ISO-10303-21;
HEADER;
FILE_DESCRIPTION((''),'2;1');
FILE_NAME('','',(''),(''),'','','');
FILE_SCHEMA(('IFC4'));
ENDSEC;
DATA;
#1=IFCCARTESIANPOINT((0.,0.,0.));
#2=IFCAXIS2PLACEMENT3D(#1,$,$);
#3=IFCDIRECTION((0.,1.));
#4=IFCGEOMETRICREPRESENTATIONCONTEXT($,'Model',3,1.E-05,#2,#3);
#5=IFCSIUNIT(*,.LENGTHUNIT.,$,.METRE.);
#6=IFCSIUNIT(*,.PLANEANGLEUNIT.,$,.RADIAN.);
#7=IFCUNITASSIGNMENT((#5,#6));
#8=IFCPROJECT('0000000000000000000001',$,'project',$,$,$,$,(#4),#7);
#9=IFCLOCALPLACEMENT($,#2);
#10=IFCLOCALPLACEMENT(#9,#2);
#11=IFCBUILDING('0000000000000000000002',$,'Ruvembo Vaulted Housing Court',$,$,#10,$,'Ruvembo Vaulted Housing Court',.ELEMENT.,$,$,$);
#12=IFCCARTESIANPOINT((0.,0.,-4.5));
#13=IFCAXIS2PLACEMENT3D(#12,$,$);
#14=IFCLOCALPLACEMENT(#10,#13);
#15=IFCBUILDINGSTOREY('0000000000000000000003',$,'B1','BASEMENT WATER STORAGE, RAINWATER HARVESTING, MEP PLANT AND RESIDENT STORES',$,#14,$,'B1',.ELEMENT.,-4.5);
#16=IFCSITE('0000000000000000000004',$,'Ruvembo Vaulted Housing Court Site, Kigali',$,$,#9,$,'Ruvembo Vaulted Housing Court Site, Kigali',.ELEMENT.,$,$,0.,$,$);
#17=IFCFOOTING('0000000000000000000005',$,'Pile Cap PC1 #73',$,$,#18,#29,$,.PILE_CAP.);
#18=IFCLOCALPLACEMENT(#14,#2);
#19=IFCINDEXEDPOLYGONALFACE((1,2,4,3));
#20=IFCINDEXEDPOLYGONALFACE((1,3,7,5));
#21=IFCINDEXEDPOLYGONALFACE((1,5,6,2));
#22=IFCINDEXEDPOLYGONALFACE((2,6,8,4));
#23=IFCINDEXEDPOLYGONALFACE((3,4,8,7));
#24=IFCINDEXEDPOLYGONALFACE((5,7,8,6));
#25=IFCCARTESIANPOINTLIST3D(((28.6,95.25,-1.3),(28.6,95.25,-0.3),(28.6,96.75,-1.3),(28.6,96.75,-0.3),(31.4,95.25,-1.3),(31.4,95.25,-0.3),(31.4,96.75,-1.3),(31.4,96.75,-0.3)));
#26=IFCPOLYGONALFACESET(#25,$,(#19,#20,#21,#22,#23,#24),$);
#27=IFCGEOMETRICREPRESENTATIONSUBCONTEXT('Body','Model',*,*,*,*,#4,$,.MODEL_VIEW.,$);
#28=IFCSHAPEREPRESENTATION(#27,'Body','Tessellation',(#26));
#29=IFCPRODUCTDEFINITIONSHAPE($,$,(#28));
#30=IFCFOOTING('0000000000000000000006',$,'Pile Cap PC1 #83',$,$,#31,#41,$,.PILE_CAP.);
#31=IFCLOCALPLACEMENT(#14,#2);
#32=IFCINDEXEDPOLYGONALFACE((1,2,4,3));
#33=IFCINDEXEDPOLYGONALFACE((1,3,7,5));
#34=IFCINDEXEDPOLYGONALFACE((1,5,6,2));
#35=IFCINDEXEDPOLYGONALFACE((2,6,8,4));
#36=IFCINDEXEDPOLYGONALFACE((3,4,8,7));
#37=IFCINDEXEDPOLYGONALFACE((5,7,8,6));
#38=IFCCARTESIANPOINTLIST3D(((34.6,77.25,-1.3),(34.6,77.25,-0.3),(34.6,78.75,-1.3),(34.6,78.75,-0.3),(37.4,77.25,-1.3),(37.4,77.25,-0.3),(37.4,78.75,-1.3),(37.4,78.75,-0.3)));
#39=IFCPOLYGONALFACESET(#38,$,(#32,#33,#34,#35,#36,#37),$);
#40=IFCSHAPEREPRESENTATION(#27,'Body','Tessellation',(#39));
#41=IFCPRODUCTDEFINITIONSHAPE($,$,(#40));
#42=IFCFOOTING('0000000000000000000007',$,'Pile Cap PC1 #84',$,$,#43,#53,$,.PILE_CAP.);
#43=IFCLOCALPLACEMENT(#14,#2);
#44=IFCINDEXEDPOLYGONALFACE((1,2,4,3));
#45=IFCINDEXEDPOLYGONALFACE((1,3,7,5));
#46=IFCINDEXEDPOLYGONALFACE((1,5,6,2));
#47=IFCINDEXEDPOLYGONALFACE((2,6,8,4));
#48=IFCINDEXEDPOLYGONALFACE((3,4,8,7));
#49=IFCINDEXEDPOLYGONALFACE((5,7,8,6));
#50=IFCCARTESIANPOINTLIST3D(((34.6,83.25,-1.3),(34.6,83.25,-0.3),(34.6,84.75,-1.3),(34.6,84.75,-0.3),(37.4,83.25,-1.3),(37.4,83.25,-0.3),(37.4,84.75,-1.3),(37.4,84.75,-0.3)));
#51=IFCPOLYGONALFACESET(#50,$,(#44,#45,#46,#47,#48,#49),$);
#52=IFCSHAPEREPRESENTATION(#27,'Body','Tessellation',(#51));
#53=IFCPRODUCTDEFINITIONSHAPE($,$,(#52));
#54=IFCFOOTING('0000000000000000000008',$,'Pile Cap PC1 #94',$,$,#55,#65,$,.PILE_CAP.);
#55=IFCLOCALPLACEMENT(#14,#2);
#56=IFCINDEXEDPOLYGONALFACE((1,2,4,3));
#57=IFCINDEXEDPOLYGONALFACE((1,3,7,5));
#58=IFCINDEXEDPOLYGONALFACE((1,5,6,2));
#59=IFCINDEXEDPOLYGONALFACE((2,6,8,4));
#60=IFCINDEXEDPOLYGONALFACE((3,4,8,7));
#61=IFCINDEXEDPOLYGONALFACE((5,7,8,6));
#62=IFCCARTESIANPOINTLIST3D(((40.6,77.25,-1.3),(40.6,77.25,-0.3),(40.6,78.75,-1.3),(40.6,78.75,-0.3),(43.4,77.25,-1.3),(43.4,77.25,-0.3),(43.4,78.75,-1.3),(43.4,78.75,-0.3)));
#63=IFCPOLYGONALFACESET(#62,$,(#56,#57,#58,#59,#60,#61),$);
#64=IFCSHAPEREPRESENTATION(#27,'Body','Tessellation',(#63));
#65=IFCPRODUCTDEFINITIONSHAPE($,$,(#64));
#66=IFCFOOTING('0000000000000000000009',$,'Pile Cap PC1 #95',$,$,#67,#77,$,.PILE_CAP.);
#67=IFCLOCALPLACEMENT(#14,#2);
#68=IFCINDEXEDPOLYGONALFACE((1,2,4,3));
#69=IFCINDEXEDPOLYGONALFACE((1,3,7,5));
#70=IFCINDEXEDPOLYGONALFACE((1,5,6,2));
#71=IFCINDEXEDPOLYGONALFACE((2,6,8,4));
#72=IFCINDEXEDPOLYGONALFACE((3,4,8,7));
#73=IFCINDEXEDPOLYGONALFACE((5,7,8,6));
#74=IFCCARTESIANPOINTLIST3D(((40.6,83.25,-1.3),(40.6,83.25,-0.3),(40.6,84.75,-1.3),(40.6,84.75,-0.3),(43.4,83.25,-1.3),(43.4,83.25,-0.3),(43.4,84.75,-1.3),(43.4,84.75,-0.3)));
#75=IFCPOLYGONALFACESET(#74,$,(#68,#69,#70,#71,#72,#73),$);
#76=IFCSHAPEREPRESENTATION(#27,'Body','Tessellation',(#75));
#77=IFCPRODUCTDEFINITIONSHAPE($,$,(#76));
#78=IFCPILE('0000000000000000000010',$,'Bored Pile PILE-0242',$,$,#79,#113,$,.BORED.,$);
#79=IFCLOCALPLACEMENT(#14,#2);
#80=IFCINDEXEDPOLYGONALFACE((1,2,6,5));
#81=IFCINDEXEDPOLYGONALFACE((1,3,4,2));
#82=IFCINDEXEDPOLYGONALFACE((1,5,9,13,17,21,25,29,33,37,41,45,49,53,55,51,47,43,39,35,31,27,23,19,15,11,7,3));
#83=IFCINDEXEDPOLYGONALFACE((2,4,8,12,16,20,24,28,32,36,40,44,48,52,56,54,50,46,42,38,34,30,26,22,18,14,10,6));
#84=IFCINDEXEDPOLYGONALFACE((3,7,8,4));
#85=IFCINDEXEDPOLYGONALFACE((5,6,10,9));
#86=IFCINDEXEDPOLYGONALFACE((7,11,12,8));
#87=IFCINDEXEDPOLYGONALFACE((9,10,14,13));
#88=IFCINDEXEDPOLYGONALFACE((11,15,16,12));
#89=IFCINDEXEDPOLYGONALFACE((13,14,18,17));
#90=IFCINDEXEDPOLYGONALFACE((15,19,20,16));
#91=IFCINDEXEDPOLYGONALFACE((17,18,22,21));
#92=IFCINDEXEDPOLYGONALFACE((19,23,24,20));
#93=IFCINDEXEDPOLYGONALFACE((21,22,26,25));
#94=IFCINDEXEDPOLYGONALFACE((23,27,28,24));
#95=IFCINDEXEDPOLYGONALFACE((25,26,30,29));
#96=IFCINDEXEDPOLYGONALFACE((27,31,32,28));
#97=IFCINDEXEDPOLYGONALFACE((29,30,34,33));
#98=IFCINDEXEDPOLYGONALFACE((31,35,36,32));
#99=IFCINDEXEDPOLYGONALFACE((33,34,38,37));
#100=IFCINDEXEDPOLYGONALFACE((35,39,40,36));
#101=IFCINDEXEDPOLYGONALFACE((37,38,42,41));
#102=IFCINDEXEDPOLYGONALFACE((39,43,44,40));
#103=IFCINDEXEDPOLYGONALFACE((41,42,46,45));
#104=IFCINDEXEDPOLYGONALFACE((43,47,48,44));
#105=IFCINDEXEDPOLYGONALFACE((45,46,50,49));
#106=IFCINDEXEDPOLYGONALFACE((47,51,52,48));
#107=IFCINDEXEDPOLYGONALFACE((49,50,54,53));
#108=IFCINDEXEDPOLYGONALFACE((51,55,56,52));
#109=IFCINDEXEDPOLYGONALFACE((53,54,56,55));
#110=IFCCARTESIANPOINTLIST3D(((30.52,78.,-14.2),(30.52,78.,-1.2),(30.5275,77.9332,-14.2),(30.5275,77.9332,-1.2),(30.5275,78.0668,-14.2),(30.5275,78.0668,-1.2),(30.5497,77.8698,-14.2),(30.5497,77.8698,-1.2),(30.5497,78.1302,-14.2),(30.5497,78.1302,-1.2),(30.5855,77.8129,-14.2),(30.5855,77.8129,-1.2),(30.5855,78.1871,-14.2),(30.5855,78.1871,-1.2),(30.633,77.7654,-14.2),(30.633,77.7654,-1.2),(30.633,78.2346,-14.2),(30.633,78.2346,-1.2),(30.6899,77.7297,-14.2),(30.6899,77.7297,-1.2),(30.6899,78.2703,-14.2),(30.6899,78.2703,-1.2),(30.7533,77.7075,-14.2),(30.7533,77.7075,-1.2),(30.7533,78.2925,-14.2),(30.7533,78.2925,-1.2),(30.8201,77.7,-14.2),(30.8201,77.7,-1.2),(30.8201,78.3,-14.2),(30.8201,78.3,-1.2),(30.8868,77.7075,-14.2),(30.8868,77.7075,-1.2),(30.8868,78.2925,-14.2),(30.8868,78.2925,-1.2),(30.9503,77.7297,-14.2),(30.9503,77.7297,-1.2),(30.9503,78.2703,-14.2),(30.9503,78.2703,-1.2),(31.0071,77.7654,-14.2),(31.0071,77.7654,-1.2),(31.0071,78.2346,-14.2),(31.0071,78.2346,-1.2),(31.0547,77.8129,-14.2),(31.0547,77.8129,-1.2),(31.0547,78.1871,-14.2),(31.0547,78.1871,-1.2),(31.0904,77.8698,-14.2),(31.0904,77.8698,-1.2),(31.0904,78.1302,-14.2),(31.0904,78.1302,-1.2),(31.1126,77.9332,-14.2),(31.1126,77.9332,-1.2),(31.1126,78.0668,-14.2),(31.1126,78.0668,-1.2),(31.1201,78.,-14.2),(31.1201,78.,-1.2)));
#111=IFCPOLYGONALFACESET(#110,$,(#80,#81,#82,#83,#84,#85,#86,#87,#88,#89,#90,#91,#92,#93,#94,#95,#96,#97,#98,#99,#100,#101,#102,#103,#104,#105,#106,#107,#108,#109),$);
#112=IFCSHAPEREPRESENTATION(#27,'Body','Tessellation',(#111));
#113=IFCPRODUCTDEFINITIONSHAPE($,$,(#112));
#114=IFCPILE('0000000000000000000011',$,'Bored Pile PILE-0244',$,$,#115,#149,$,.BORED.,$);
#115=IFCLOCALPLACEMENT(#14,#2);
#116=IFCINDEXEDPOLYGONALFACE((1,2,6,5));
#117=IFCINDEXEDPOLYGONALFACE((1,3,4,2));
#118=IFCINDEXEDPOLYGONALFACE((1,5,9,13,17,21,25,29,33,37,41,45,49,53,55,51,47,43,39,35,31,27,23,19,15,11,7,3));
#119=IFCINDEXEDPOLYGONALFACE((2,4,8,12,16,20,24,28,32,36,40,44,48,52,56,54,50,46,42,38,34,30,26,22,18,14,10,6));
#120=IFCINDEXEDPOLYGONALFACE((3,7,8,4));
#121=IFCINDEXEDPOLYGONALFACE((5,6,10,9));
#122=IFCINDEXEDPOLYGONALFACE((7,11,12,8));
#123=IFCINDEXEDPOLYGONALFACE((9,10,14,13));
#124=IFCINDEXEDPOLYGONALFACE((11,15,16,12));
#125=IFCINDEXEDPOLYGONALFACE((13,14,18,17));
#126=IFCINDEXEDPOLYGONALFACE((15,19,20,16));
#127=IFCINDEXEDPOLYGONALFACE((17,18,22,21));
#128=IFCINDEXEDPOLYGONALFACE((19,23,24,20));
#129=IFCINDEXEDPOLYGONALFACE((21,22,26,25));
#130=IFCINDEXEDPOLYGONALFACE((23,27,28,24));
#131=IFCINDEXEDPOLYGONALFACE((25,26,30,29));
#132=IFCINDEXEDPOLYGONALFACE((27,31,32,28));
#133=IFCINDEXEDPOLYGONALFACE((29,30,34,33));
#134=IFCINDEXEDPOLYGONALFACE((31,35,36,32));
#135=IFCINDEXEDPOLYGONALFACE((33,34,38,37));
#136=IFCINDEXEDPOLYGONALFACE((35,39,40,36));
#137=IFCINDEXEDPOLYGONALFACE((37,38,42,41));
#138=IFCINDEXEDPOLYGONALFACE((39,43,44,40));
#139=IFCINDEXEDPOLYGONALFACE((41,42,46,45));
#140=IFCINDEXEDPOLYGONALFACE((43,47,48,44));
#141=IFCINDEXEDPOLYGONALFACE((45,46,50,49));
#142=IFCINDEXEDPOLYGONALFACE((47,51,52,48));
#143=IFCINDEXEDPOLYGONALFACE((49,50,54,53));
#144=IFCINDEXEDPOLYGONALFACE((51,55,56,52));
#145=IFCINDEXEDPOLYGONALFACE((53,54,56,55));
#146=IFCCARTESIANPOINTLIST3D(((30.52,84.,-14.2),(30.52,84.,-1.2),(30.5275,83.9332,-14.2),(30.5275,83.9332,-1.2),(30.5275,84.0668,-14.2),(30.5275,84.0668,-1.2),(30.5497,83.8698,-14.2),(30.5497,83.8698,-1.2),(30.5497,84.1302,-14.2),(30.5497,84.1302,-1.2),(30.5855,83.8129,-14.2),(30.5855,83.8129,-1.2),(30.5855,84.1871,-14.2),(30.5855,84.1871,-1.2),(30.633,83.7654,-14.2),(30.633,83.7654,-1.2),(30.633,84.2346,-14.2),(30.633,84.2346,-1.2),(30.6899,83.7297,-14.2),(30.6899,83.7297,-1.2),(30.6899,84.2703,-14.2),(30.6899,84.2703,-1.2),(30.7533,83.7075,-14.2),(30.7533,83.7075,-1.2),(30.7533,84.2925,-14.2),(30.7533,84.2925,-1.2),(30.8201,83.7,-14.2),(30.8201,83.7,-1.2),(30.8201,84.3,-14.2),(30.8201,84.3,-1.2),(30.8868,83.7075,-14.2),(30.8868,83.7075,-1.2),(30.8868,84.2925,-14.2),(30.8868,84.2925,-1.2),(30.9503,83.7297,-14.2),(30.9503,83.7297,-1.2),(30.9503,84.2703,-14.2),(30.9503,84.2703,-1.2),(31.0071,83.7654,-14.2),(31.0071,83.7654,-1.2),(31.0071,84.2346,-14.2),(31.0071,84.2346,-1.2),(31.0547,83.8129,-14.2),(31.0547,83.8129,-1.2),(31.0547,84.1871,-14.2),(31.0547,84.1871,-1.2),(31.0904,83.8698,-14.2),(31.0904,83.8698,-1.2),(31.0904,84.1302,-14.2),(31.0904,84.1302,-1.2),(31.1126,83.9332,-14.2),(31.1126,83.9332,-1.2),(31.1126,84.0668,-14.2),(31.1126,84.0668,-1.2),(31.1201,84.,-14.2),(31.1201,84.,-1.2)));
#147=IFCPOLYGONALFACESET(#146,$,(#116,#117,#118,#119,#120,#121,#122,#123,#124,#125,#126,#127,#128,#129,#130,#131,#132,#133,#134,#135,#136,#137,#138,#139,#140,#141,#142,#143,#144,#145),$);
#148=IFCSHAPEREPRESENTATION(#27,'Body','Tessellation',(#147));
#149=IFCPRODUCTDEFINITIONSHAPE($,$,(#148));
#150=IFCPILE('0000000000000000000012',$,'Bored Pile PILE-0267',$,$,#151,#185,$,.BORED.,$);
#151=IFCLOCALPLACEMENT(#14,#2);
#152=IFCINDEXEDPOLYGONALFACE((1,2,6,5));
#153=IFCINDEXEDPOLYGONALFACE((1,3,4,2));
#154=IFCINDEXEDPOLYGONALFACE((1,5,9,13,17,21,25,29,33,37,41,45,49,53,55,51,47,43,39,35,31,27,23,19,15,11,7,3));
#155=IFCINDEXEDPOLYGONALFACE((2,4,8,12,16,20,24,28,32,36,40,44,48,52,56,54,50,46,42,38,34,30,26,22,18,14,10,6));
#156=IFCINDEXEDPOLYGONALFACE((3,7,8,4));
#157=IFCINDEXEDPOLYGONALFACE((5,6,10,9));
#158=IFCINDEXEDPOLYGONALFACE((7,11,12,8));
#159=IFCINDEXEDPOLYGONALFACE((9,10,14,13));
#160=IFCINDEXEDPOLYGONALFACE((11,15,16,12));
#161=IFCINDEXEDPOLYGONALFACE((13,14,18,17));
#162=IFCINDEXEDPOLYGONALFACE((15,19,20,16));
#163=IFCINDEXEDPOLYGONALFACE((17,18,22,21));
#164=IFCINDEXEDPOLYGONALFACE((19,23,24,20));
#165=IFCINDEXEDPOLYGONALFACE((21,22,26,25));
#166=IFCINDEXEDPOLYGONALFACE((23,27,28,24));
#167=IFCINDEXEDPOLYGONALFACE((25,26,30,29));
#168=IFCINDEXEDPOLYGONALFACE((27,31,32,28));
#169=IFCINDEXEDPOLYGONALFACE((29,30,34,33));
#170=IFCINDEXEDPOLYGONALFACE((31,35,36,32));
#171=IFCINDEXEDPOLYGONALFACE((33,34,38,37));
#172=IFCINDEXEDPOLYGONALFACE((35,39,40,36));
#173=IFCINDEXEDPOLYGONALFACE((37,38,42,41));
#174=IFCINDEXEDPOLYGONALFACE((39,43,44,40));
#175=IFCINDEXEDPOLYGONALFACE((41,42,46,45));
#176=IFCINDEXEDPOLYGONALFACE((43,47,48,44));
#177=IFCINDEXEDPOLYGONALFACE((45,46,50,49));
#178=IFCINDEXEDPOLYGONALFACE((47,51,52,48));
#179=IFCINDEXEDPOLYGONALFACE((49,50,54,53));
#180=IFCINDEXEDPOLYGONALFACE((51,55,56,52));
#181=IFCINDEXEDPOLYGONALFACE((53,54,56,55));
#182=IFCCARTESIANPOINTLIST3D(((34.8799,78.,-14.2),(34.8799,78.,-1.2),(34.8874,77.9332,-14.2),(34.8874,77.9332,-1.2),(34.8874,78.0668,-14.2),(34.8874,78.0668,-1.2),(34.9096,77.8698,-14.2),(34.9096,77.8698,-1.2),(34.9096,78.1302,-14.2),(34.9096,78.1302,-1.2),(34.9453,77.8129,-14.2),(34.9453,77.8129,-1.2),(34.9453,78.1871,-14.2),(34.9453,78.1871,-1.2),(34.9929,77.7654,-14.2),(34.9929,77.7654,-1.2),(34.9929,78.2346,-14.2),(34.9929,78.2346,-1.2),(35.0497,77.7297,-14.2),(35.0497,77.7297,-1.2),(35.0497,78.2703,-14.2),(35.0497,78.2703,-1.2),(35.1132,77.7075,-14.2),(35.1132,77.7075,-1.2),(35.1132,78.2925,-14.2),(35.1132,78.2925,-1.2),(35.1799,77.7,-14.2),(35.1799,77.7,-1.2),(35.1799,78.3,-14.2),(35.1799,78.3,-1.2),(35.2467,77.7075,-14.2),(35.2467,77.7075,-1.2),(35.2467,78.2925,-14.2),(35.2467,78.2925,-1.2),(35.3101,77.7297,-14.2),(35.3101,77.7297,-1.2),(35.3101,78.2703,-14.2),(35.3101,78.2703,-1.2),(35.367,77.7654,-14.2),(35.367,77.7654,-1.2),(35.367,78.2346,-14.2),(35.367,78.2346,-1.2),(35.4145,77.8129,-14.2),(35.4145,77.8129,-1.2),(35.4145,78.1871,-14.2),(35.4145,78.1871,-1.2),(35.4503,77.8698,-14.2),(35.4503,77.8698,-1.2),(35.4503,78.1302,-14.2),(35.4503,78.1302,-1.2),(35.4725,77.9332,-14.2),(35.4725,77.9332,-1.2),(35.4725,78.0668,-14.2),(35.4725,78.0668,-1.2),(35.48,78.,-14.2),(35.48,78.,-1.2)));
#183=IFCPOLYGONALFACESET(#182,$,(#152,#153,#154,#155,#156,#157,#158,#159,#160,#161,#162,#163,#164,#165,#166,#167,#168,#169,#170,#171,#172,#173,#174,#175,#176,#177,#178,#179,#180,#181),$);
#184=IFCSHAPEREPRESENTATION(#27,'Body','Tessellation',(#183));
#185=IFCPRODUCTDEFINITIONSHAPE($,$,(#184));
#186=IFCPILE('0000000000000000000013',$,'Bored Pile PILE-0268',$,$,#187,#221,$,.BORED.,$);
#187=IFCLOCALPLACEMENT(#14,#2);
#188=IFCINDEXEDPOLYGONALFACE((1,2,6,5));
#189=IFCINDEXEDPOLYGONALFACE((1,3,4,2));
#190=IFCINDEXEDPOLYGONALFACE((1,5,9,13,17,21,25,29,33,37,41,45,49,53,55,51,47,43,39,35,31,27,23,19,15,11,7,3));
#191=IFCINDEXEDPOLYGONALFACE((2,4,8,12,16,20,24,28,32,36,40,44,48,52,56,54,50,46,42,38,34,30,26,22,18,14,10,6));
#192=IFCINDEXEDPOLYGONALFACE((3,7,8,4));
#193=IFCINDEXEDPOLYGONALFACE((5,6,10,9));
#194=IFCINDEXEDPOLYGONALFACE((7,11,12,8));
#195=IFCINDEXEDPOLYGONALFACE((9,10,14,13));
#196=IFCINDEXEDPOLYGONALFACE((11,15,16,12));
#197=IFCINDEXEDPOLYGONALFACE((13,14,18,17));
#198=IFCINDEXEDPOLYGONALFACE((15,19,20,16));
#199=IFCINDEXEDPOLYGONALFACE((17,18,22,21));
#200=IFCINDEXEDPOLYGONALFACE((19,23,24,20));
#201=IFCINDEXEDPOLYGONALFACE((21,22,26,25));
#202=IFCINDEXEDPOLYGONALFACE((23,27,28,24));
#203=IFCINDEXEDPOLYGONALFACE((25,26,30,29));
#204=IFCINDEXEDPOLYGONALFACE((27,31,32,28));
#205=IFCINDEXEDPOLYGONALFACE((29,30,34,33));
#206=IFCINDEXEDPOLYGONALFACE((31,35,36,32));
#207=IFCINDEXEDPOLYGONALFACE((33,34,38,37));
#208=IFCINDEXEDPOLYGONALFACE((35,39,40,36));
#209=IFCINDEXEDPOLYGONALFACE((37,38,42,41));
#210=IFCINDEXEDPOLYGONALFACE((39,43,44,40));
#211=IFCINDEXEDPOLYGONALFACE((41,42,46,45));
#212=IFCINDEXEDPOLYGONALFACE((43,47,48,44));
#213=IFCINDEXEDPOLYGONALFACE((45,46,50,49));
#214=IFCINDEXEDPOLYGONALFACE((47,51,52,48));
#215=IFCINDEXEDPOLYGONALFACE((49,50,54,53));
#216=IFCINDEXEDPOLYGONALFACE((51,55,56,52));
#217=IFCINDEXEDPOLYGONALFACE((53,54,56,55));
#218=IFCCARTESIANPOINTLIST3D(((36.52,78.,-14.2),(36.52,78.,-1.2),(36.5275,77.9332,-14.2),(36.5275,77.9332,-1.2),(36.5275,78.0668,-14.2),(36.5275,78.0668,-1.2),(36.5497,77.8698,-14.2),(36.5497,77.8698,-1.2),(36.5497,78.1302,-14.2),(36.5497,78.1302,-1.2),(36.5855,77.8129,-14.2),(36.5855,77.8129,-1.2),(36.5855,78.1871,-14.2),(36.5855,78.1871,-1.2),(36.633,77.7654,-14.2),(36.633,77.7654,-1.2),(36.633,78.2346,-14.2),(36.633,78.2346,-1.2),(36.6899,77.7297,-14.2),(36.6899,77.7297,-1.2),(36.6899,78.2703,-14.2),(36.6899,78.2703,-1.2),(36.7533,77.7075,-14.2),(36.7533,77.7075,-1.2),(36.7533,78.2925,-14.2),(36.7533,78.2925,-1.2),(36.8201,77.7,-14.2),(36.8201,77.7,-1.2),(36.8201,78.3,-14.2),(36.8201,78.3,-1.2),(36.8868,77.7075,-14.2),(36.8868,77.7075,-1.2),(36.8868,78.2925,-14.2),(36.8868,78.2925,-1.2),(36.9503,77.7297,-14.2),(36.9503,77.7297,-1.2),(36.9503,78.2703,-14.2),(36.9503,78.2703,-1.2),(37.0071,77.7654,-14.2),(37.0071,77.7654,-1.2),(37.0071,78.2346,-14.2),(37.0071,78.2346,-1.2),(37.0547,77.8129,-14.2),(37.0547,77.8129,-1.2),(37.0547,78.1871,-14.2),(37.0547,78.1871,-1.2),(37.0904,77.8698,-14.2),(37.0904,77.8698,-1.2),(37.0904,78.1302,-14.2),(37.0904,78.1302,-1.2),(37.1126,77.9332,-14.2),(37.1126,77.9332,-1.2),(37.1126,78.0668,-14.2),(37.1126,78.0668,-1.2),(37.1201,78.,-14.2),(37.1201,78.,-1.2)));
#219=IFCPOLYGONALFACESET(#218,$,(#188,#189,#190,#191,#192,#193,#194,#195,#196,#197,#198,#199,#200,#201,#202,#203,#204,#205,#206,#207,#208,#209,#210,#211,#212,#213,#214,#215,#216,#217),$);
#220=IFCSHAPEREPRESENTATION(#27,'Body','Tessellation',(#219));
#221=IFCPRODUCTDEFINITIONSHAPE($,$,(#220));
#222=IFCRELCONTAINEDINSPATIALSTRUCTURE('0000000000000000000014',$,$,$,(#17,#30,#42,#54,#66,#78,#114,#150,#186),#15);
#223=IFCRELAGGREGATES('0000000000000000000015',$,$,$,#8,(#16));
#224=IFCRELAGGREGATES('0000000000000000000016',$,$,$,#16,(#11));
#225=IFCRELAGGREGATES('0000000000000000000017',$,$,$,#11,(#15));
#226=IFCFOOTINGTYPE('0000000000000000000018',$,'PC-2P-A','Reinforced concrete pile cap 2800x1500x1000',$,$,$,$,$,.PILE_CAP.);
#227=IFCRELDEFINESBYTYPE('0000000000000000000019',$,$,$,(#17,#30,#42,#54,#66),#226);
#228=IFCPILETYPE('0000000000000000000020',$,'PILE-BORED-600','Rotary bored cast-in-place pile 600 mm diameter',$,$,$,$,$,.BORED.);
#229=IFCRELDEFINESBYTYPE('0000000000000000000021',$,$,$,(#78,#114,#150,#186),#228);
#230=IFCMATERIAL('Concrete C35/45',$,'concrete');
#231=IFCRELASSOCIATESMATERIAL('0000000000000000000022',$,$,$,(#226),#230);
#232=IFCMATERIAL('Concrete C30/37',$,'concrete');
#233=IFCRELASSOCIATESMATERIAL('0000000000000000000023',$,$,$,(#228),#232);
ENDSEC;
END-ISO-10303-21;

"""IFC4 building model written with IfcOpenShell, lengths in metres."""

from ifc_helpers import new_model, si_unit, direction, frame, origin, origin_2d, place, context, subcontext, project, spatial, rectangle, circle, extrude, material, material_profile, profile_set, type_object, element, save


model = new_model("IFC4")

# Units and contexts
model_context = context("Model", 3, precision=1e-05, world=origin(), true_north=direction((0.0, 1.0)))
body_context = subcontext(model_context, "Body", "Model", "MODEL_VIEW")
ifc_project = project(units=[si_unit("LENGTHUNIT", "METRE"), si_unit("PLANEANGLEUNIT", "RADIAN")], contexts=[model_context])

# Site, building, storey
site_placement = place(None, origin())
site = spatial("IfcSite", under=ifc_project, at=site_placement, Name="Ruvembo Vaulted Housing Court Site, Kigali", LongName="Ruvembo Vaulted Housing Court Site, Kigali", CompositionType="ELEMENT", RefElevation=0.0)
building_placement = place(site_placement, origin())
building = spatial("IfcBuilding", under=site, at=building_placement, Name="Ruvembo Vaulted Housing Court", LongName="Ruvembo Vaulted Housing Court", CompositionType="ELEMENT")
storey_placement = place(building_placement, frame((0.0, 0.0, -4.5)))
storey = spatial("IfcBuildingStorey", under=building, at=storey_placement, Name="B1", Description="BASEMENT WATER STORAGE, RAINWATER HARVESTING, MEP PLANT AND RESIDENT STORES", LongName="B1", CompositionType="ELEMENT", Elevation=-4.5)

# Footings
ifc_material_1 = material(Name="Concrete C35/45", Category="concrete")
footing_type = type_object("IfcFootingType", Name="PC-2P-A", Description="Reinforced concrete pile cap 2800x1500x1000", PredefinedType="PILE_CAP", material=ifc_material_1)
for number, where, z_axis, x_axis, name in (
    (1, (30.0, 96.0, -1.3), (0.0, 0.0, 1.0), (1.0, 0.0, 0.0), "Pile Cap PC1 #73"),
    (2, (36.0, 78.0, -1.3), (0.0, 0.0, 1.0), (1.0, 0.0, 0.0), "Pile Cap PC1 #83"),
    (3, (36.0, 84.0, -1.3), (0.0, 0.0, 1.0), (1.0, 0.0, 0.0), "Pile Cap PC1 #84"),
    (4, (42.0, 78.0, -1.3), (0.0, 0.0, 1.0), (1.0, 0.0, 0.0), "Pile Cap PC1 #94"),
    (5, (42.0, 84.0, -1.3), (0.0, 0.0, 1.0), (1.0, 0.0, 0.0), "Pile Cap PC1 #95"),
):
    element("IfcFooting", number, at=place(storey_placement, frame(where, z_axis=z_axis, x_axis=x_axis)), inside=storey, type_object=footing_type, Name=name, PredefinedType="PILE_CAP", context=body_context, shape_type="SweptSolid", body=[
        extrude(rectangle(XDim=2.8, YDim=1.5, at=origin_2d()), origin(), (0.0, 0.0, 1.0), 1.0),
    ])

# Piles
ifc_material_2 = material(Name="Concrete C30/37", Category="concrete")
ifc_material_profile_1 = material_profile(ifc_material_2, circle(Radius=0.3, at=origin_2d()), Name="PILE D600")
ifc_profile_set_1 = profile_set([ifc_material_profile_1], Name="Concrete C30/37")
pile_type = type_object("IfcPileType", Name="PILE-BORED-600", Description="Rotary bored cast-in-place pile 600 mm diameter", PredefinedType="BORED", material=ifc_profile_set_1)
for number, where, z_axis, x_axis, name in (
    (6, (30.8201, 78.0, -1.2), (0.0, 0.0, -1.0), (1.0, 0.0, 0.0), "Bored Pile PILE-0242"),
    (7, (30.8201, 84.0, -1.2), (0.0, 0.0, -1.0), (1.0, 0.0, 0.0), "Bored Pile PILE-0244"),
    (8, (35.1799, 78.0, -1.2), (0.0, 0.0, -1.0), (1.0, 0.0, 0.0), "Bored Pile PILE-0267"),
    (9, (36.8201, 78.0, -1.2), (0.0, 0.0, -1.0), (1.0, 0.0, 0.0), "Bored Pile PILE-0268"),
):
    element("IfcPile", number, at=place(storey_placement, frame(where, z_axis=z_axis, x_axis=x_axis)), inside=storey, type_object=pile_type, Name=name, PredefinedType="BORED", context=body_context, shape_type="SweptSolid", body=[
        extrude(circle(Radius=0.3, at=origin_2d()), origin(), (0.0, 0.0, 1.0), 13.0),
    ])

save(model, "model.ifc")
